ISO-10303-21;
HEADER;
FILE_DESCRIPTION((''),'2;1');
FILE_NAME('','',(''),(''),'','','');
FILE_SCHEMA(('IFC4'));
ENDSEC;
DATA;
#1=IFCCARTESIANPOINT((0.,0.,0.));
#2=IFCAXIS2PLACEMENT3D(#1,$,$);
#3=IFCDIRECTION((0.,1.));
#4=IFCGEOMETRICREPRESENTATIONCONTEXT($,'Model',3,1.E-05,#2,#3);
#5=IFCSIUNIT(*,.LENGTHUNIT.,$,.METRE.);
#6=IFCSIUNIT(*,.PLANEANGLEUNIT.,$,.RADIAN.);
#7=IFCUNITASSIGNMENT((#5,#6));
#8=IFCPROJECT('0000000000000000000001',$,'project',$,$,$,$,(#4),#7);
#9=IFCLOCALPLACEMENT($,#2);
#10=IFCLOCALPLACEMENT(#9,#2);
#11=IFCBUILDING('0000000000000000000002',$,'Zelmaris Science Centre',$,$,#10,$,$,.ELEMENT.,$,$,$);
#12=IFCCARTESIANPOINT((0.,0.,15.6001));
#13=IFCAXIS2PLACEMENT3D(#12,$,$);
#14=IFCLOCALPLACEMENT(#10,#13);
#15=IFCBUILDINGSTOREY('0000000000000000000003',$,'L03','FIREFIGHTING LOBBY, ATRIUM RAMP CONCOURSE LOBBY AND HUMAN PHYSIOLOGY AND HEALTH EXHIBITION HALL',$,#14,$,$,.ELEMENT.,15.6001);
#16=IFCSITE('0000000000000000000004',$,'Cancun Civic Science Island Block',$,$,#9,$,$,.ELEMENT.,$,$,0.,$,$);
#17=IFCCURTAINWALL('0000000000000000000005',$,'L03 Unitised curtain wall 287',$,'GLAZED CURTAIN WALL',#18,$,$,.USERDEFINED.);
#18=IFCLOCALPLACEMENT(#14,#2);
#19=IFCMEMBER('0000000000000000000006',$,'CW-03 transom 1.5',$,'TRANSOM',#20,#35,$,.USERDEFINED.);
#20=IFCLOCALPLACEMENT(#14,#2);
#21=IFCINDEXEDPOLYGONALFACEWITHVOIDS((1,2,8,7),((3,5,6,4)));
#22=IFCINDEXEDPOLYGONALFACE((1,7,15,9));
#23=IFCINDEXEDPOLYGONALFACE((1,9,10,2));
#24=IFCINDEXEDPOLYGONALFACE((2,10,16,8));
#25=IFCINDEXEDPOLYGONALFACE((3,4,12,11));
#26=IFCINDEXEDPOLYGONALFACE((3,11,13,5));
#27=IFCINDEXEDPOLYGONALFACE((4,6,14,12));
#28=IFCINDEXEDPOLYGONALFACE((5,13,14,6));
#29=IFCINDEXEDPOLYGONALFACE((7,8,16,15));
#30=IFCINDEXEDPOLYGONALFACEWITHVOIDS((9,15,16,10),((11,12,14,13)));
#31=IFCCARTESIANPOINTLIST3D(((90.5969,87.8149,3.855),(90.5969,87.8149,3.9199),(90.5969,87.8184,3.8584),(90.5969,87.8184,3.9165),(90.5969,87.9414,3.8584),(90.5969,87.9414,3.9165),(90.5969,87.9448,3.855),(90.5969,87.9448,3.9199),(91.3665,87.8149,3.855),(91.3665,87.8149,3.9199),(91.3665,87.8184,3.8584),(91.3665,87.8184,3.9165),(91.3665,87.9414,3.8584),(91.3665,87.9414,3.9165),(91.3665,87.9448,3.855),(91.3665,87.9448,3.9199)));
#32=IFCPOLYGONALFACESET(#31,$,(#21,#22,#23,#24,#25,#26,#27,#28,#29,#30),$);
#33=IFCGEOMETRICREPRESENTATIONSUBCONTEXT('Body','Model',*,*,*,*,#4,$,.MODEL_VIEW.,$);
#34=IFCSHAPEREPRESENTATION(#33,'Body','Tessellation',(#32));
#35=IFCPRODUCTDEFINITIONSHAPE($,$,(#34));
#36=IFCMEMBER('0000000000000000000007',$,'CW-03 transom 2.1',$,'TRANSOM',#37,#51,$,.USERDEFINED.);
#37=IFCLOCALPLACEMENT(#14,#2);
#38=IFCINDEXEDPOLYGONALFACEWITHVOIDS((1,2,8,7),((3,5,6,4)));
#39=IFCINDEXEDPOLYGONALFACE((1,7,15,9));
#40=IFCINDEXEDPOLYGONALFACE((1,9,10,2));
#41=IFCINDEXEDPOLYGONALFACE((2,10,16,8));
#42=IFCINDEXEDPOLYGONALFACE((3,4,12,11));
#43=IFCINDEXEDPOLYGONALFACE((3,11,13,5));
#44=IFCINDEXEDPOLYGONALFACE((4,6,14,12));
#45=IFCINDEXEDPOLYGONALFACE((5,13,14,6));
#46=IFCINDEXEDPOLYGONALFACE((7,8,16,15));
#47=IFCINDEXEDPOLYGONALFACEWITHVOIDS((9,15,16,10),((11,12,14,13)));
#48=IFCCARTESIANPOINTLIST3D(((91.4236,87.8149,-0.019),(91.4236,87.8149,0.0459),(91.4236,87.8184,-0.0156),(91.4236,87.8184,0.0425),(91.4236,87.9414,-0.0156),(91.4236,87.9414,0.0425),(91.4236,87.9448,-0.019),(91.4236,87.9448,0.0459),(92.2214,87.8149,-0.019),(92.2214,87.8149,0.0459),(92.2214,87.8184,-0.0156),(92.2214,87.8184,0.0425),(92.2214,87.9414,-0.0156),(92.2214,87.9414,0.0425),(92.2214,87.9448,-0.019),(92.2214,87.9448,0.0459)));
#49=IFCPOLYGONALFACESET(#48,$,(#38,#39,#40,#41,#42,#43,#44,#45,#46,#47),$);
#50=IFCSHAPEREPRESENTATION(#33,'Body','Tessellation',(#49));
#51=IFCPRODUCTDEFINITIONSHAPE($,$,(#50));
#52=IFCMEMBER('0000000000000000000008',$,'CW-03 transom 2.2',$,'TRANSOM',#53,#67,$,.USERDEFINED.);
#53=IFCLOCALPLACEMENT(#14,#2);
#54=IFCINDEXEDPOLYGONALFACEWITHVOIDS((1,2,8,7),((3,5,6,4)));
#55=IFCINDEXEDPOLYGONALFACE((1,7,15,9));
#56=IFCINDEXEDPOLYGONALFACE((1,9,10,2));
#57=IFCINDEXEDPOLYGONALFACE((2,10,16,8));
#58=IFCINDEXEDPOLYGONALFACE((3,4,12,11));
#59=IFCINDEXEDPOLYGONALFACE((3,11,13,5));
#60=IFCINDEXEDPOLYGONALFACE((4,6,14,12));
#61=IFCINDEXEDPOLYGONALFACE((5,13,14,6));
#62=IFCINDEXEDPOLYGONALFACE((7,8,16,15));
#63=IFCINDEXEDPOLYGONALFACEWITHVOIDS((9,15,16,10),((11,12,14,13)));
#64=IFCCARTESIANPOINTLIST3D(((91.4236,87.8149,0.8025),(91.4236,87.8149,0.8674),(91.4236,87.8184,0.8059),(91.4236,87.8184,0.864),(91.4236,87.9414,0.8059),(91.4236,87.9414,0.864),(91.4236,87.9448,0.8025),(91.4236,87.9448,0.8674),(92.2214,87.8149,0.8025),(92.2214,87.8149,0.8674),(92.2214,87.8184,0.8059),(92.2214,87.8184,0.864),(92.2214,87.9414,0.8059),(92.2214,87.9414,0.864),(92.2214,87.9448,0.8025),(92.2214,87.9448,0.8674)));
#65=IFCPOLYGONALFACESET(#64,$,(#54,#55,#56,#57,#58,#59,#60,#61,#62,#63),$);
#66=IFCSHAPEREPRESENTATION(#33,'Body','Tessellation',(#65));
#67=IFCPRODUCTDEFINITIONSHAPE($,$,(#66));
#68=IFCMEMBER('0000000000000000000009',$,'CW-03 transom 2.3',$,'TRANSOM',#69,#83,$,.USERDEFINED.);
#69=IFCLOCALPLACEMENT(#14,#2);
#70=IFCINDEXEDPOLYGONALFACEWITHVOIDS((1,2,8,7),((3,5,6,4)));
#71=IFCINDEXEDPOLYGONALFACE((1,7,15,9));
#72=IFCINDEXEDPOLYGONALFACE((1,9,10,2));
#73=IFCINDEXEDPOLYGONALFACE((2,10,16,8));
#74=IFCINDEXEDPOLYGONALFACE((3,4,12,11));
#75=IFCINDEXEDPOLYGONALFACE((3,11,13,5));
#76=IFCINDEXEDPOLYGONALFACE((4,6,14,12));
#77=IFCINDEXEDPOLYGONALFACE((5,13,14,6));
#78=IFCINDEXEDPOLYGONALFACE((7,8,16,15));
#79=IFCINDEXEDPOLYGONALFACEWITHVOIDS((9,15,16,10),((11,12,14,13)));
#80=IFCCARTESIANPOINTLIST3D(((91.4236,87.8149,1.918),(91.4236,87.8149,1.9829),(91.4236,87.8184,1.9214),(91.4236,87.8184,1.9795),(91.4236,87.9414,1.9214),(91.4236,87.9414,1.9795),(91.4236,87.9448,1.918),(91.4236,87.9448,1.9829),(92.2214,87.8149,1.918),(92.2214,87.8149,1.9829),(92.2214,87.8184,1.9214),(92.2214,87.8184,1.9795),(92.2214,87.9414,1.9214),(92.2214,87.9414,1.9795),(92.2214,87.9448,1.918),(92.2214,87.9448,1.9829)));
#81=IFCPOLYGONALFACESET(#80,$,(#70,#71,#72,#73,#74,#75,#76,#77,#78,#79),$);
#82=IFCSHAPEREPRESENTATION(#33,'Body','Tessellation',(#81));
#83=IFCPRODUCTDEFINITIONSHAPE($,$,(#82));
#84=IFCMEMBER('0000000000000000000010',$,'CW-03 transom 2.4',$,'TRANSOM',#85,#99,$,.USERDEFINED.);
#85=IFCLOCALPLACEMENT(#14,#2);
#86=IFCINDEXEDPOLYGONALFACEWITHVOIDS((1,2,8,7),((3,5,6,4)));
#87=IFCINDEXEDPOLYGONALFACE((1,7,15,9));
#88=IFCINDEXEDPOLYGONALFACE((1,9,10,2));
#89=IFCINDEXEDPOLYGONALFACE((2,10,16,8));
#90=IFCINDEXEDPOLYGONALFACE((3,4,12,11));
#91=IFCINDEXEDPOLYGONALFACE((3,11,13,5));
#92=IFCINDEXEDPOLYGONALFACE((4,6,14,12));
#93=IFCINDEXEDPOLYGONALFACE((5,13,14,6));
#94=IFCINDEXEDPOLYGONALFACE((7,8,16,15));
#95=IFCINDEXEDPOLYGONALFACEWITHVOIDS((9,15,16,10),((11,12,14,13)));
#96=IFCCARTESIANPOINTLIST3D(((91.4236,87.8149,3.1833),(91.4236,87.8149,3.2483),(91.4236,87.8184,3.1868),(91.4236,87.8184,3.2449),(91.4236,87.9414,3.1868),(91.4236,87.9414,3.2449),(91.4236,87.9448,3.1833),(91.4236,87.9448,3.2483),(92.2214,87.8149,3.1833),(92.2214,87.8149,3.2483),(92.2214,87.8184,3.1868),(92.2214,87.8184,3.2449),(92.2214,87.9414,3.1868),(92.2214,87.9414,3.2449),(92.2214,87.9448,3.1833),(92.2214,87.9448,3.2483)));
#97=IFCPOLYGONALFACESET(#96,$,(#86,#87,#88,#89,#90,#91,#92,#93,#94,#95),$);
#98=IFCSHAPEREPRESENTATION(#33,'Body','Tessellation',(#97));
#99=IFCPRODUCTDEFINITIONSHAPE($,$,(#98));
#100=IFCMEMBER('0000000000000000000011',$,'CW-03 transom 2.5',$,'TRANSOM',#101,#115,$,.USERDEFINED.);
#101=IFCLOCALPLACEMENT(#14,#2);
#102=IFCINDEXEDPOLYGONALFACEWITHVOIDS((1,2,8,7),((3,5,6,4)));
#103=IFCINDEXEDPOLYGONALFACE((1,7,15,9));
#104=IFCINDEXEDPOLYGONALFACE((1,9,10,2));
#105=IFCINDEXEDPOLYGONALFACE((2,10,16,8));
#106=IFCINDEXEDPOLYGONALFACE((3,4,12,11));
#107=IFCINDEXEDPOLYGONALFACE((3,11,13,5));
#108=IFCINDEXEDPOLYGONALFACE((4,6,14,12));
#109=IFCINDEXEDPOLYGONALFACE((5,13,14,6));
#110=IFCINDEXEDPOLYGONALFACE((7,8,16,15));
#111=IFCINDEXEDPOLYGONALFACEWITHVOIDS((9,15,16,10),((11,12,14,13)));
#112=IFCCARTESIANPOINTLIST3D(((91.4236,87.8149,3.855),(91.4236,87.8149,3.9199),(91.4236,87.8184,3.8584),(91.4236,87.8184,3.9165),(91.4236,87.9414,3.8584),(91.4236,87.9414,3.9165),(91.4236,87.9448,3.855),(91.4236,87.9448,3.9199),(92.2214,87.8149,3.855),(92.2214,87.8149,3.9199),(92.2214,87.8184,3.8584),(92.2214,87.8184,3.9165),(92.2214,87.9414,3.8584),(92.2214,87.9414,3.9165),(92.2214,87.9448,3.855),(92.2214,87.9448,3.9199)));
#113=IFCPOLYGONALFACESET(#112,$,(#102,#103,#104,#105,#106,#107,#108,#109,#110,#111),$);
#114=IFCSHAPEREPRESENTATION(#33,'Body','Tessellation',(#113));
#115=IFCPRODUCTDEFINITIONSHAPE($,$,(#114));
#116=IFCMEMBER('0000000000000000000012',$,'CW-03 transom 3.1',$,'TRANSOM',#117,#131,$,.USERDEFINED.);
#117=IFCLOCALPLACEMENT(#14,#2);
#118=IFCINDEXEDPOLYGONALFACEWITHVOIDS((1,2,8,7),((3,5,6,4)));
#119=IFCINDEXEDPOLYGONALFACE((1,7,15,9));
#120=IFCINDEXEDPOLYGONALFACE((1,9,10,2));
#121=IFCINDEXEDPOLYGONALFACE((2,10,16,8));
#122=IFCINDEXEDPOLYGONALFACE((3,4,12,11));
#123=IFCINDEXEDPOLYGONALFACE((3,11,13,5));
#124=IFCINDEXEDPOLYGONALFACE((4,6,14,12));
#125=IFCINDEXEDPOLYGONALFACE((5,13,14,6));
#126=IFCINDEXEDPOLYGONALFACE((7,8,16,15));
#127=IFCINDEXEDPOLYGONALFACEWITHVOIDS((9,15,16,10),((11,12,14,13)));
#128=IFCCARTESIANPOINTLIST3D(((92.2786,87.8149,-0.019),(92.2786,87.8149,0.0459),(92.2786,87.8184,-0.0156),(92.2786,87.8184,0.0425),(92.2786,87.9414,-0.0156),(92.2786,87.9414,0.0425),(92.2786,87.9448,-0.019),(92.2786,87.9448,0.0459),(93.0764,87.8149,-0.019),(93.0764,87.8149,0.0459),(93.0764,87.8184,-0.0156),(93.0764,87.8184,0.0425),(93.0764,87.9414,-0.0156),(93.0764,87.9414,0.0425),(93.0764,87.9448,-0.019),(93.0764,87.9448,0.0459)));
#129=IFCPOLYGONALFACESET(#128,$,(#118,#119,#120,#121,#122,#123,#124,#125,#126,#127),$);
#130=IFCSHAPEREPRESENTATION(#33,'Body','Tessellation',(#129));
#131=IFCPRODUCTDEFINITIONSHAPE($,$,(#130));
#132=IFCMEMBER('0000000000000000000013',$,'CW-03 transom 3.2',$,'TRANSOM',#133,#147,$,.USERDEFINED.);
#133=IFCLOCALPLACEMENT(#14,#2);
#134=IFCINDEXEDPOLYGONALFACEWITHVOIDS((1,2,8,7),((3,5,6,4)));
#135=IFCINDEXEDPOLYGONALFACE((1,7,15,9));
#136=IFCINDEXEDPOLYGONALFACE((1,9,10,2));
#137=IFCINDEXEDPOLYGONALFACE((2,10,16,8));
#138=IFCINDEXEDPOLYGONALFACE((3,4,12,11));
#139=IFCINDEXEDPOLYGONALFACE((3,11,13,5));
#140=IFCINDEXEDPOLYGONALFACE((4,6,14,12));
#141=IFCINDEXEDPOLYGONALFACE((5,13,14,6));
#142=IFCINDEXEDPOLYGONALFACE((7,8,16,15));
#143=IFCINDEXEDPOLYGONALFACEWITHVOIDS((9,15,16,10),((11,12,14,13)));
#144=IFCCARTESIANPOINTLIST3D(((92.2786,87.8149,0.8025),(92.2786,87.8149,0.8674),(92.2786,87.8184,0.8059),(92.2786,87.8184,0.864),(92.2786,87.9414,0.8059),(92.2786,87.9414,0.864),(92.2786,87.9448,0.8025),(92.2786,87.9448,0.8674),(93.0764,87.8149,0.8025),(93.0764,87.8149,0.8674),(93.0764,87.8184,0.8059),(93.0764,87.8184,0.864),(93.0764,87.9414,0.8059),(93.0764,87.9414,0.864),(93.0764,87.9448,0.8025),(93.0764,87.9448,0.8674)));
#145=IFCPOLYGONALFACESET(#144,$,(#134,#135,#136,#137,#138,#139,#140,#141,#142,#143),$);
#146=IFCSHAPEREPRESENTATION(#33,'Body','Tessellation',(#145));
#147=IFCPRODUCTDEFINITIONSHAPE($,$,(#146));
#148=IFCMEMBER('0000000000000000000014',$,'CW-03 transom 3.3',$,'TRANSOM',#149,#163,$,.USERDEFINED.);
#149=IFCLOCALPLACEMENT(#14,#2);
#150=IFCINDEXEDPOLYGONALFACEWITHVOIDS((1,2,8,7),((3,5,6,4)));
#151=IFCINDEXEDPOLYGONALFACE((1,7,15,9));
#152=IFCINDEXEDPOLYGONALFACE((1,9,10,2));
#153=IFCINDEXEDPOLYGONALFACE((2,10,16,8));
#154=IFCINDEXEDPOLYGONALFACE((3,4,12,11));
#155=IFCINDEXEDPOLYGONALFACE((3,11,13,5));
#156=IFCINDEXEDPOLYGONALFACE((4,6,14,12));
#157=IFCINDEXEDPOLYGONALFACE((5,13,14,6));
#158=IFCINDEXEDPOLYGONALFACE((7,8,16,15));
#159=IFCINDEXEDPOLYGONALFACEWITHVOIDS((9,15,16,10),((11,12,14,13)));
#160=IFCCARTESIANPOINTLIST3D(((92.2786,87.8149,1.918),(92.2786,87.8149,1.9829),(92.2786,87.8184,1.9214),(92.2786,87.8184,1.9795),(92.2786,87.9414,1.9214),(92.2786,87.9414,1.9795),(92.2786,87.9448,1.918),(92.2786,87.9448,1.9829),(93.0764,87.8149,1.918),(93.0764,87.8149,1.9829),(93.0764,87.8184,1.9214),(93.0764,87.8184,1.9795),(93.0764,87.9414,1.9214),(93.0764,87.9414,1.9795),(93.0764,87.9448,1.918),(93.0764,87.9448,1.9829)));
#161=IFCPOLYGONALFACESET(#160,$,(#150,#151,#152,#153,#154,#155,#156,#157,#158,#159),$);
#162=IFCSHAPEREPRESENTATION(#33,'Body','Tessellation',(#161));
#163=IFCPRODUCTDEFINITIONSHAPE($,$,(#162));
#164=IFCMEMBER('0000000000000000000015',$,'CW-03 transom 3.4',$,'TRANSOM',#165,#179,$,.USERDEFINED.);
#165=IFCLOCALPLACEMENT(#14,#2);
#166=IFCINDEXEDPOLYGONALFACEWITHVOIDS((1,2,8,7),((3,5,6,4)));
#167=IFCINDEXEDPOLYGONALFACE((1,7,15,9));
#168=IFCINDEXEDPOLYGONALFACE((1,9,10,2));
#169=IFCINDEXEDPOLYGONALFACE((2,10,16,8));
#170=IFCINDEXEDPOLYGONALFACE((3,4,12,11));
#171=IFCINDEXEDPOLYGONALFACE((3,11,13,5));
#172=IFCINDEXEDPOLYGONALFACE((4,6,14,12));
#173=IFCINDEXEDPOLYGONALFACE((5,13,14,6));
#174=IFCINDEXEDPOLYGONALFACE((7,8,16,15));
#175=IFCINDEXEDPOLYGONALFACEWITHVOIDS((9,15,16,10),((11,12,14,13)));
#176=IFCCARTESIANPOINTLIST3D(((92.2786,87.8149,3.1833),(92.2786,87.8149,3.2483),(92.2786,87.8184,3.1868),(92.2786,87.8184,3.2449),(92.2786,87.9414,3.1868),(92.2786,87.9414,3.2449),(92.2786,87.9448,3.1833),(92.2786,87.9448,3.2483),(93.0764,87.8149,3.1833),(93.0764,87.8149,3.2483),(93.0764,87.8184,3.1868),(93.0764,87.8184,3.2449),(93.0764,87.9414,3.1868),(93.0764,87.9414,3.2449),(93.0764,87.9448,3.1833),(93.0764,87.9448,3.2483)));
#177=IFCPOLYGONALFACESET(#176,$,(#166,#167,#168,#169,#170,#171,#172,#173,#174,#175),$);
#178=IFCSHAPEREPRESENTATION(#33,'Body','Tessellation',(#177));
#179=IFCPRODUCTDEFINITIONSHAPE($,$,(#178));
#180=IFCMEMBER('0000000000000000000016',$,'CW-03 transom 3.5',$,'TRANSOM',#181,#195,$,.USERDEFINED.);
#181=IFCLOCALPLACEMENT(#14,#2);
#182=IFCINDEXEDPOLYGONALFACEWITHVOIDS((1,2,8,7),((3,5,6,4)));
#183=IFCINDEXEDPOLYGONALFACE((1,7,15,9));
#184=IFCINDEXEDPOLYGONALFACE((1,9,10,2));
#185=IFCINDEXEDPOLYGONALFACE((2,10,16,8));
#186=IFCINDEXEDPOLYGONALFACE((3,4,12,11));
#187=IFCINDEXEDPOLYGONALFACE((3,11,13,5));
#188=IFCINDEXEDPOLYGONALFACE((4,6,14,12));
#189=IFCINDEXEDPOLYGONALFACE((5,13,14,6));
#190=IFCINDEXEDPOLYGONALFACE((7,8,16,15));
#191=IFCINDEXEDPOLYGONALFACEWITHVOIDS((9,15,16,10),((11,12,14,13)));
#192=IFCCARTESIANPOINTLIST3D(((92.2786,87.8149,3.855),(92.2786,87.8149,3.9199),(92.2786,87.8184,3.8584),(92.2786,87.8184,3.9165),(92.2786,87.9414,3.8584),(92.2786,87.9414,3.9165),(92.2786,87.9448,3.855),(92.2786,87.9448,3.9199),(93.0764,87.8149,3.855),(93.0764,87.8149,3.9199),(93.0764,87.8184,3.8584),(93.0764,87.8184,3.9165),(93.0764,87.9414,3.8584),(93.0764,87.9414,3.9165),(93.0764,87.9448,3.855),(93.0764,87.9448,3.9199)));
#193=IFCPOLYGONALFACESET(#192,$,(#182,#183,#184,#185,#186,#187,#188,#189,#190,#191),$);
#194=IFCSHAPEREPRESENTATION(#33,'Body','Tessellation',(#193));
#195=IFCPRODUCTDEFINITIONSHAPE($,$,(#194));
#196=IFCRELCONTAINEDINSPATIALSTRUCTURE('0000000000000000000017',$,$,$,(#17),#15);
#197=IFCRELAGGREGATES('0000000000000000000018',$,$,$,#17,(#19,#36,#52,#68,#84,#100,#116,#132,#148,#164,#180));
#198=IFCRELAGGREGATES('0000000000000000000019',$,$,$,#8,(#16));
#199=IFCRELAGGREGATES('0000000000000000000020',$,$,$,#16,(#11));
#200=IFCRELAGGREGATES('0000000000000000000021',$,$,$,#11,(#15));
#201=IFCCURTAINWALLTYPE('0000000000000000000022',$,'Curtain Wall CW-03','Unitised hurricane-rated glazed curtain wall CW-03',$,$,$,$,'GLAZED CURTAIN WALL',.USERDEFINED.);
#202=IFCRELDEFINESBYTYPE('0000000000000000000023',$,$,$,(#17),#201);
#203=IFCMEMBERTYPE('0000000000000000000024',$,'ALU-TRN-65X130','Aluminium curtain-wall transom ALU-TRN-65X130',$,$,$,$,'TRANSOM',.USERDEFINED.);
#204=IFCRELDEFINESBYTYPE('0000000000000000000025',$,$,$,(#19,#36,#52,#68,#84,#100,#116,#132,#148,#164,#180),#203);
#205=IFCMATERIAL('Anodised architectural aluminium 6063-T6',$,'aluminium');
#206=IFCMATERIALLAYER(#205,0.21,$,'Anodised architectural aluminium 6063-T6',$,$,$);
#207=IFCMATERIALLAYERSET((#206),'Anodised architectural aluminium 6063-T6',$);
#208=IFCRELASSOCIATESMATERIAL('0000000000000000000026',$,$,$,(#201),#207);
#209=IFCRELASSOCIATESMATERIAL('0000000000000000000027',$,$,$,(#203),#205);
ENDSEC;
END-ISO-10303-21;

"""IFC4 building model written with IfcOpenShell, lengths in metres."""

from ifc_helpers import new_model, si_unit, direction, frame, origin, origin_2d, place, context, subcontext, project, spatial, hollow_rectangle, extrude, material, layer, layer_set, material_profile, profile_set, type_object, element, aggregate, save


model = new_model("IFC4")

# Units and contexts
model_context = context("Model", 3, precision=1e-05, world=origin(), true_north=direction((0.0, 1.0)))
body_context = subcontext(model_context, "Body", "Model", "MODEL_VIEW")
ifc_project = project(units=[si_unit("LENGTHUNIT", "METRE"), si_unit("PLANEANGLEUNIT", "RADIAN")], contexts=[model_context])

# Site, building, storey
site_placement = place(None, origin())
site = spatial("IfcSite", under=ifc_project, at=site_placement, Name="Cancun Civic Science Island Block", CompositionType="ELEMENT", RefElevation=0.0)
building_placement = place(site_placement, origin())
building = spatial("IfcBuilding", under=site, at=building_placement, Name="Zelmaris Science Centre", CompositionType="ELEMENT")
storey_placement = place(building_placement, frame((0.0, 0.0, 15.6001)))
storey = spatial("IfcBuildingStorey", under=building, at=storey_placement, Name="L03", Description="FIREFIGHTING LOBBY, ATRIUM RAMP CONCOURSE LOBBY AND HUMAN PHYSIOLOGY AND HEALTH EXHIBITION HALL", CompositionType="ELEMENT", Elevation=15.6001)

# Curtain wall
ifc_material_1 = material(Name="Anodised architectural aluminium 6063-T6", Category="aluminium")
ifc_layer_1 = layer(ifc_material_1, 0.21, Name="Anodised architectural aluminium 6063-T6")
ifc_layer_set_1 = layer_set([ifc_layer_1], Name="Anodised architectural aluminium 6063-T6")
curtain_wall_type_1 = type_object("IfcCurtainWallType", Name="Curtain Wall CW-03", Description="Unitised hurricane-rated glazed curtain wall CW-03", ElementType="GLAZED CURTAIN WALL", PredefinedType="USERDEFINED", material=ifc_layer_set_1)
curtain_wall_1_placement = place(storey_placement, origin())
curtain_wall_1 = element("IfcCurtainWall", 1, at=curtain_wall_1_placement, inside=storey, type_object=curtain_wall_type_1, Name="L03 Unitised curtain wall 287", ObjectType="GLAZED CURTAIN WALL", PredefinedType="USERDEFINED")

# Members
ifc_material_profile_1 = material_profile(ifc_material_1, hollow_rectangle(XDim=0.0649, YDim=0.1299, WallThickness=0.0034, at=origin_2d()), Name="ALU-TRN-65X130")
ifc_profile_set_1 = profile_set([ifc_material_profile_1], Name="Anodised architectural aluminium 6063-T6")
member_type_1 = type_object("IfcMemberType", Name="ALU-TRN-65X130", Description="Aluminium curtain-wall transom ALU-TRN-65X130", ElementType="TRANSOM", PredefinedType="USERDEFINED", material=ifc_profile_set_1)
member_1_placement = place(storey_placement, frame((90.5969, 87.8799, 3.8875), z_axis=(1.0, 0.0, 0.0), x_axis=(0.0, 0.0, 1.0)))
member_1 = element("IfcMember", 2, at=member_1_placement, type_object=member_type_1, Name="CW-03 transom 1.5", ObjectType="TRANSOM", PredefinedType="USERDEFINED", context=body_context, shape_type="SweptSolid", body=[
    extrude(hollow_rectangle(XDim=0.0649, YDim=0.1299, WallThickness=0.0034, at=origin_2d()), origin(), (0.0, 0.0, 1.0), 0.7695),
])
member_2_placement = place(storey_placement, frame((91.4236, 87.8799, 0.0134), z_axis=(1.0, 0.0, 0.0), x_axis=(0.0, 0.0, 1.0)))
member_2 = element("IfcMember", 3, at=member_2_placement, type_object=member_type_1, Name="CW-03 transom 2.1", ObjectType="TRANSOM", PredefinedType="USERDEFINED", context=body_context, shape_type="SweptSolid", body=[
    extrude(hollow_rectangle(XDim=0.0649, YDim=0.1299, WallThickness=0.0034, at=origin_2d()), origin(), (0.0, 0.0, 1.0), 0.7979),
])
member_3_placement = place(storey_placement, frame((91.4236, 87.8799, 0.835), z_axis=(1.0, 0.0, 0.0), x_axis=(0.0, 0.0, 1.0)))
member_3 = element("IfcMember", 4, at=member_3_placement, type_object=member_type_1, Name="CW-03 transom 2.2", ObjectType="TRANSOM", PredefinedType="USERDEFINED", context=body_context, shape_type="SweptSolid", body=[
    extrude(hollow_rectangle(XDim=0.0649, YDim=0.1299, WallThickness=0.0034, at=origin_2d()), origin(), (0.0, 0.0, 1.0), 0.7979),
])
member_4_placement = place(storey_placement, frame((91.4236, 87.8799, 1.9504), z_axis=(1.0, 0.0, 0.0), x_axis=(0.0, 0.0, 1.0)))
member_4 = element("IfcMember", 5, at=member_4_placement, type_object=member_type_1, Name="CW-03 transom 2.3", ObjectType="TRANSOM", PredefinedType="USERDEFINED", context=body_context, shape_type="SweptSolid", body=[
    extrude(hollow_rectangle(XDim=0.0649, YDim=0.1299, WallThickness=0.0034, at=origin_2d()), origin(), (0.0, 0.0, 1.0), 0.7979),
])
member_5_placement = place(storey_placement, frame((91.4236, 87.8799, 3.2158), z_axis=(1.0, 0.0, 0.0), x_axis=(0.0, 0.0, 1.0)))
member_5 = element("IfcMember", 6, at=member_5_placement, type_object=member_type_1, Name="CW-03 transom 2.4", ObjectType="TRANSOM", PredefinedType="USERDEFINED", context=body_context, shape_type="SweptSolid", body=[
    extrude(hollow_rectangle(XDim=0.0649, YDim=0.1299, WallThickness=0.0034, at=origin_2d()), origin(), (0.0, 0.0, 1.0), 0.7979),
])
member_6_placement = place(storey_placement, frame((91.4236, 87.8799, 3.8875), z_axis=(1.0, 0.0, 0.0), x_axis=(0.0, 0.0, 1.0)))
member_6 = element("IfcMember", 7, at=member_6_placement, type_object=member_type_1, Name="CW-03 transom 2.5", ObjectType="TRANSOM", PredefinedType="USERDEFINED", context=body_context, shape_type="SweptSolid", body=[
    extrude(hollow_rectangle(XDim=0.0649, YDim=0.1299, WallThickness=0.0034, at=origin_2d()), origin(), (0.0, 0.0, 1.0), 0.7979),
])
member_7_placement = place(storey_placement, frame((92.2786, 87.8799, 0.0134), z_axis=(1.0, 0.0, 0.0), x_axis=(0.0, 0.0, 1.0)))
member_7 = element("IfcMember", 8, at=member_7_placement, type_object=member_type_1, Name="CW-03 transom 3.1", ObjectType="TRANSOM", PredefinedType="USERDEFINED", context=body_context, shape_type="SweptSolid", body=[
    extrude(hollow_rectangle(XDim=0.0649, YDim=0.1299, WallThickness=0.0034, at=origin_2d()), origin(), (0.0, 0.0, 1.0), 0.7979),
])
member_8_placement = place(storey_placement, frame((92.2786, 87.8799, 0.835), z_axis=(1.0, 0.0, 0.0), x_axis=(0.0, 0.0, 1.0)))
member_8 = element("IfcMember", 9, at=member_8_placement, type_object=member_type_1, Name="CW-03 transom 3.2", ObjectType="TRANSOM", PredefinedType="USERDEFINED", context=body_context, shape_type="SweptSolid", body=[
    extrude(hollow_rectangle(XDim=0.0649, YDim=0.1299, WallThickness=0.0034, at=origin_2d()), origin(), (0.0, 0.0, 1.0), 0.7979),
])
member_9_placement = place(storey_placement, frame((92.2786, 87.8799, 1.9504), z_axis=(1.0, 0.0, 0.0), x_axis=(0.0, 0.0, 1.0)))
member_9 = element("IfcMember", 10, at=member_9_placement, type_object=member_type_1, Name="CW-03 transom 3.3", ObjectType="TRANSOM", PredefinedType="USERDEFINED", context=body_context, shape_type="SweptSolid", body=[
    extrude(hollow_rectangle(XDim=0.0649, YDim=0.1299, WallThickness=0.0034, at=origin_2d()), origin(), (0.0, 0.0, 1.0), 0.7979),
])
member_10_placement = place(storey_placement, frame((92.2786, 87.8799, 3.2158), z_axis=(1.0, 0.0, 0.0), x_axis=(0.0, 0.0, 1.0)))
member_10 = element("IfcMember", 11, at=member_10_placement, type_object=member_type_1, Name="CW-03 transom 3.4", ObjectType="TRANSOM", PredefinedType="USERDEFINED", context=body_context, shape_type="SweptSolid", body=[
    extrude(hollow_rectangle(XDim=0.0649, YDim=0.1299, WallThickness=0.0034, at=origin_2d()), origin(), (0.0, 0.0, 1.0), 0.7979),
])
member_11_placement = place(storey_placement, frame((92.2786, 87.8799, 3.8875), z_axis=(1.0, 0.0, 0.0), x_axis=(0.0, 0.0, 1.0)))
member_11 = element("IfcMember", 12, at=member_11_placement, type_object=member_type_1, Name="CW-03 transom 3.5", ObjectType="TRANSOM", PredefinedType="USERDEFINED", context=body_context, shape_type="SweptSolid", body=[
    extrude(hollow_rectangle(XDim=0.0649, YDim=0.1299, WallThickness=0.0034, at=origin_2d()), origin(), (0.0, 0.0, 1.0), 0.7979),
])

aggregate(curtain_wall_1, [member_1, member_2, member_3, member_4, member_5, member_6, member_7, member_8, member_9, member_10, member_11])

save(model, "model.ifc")
